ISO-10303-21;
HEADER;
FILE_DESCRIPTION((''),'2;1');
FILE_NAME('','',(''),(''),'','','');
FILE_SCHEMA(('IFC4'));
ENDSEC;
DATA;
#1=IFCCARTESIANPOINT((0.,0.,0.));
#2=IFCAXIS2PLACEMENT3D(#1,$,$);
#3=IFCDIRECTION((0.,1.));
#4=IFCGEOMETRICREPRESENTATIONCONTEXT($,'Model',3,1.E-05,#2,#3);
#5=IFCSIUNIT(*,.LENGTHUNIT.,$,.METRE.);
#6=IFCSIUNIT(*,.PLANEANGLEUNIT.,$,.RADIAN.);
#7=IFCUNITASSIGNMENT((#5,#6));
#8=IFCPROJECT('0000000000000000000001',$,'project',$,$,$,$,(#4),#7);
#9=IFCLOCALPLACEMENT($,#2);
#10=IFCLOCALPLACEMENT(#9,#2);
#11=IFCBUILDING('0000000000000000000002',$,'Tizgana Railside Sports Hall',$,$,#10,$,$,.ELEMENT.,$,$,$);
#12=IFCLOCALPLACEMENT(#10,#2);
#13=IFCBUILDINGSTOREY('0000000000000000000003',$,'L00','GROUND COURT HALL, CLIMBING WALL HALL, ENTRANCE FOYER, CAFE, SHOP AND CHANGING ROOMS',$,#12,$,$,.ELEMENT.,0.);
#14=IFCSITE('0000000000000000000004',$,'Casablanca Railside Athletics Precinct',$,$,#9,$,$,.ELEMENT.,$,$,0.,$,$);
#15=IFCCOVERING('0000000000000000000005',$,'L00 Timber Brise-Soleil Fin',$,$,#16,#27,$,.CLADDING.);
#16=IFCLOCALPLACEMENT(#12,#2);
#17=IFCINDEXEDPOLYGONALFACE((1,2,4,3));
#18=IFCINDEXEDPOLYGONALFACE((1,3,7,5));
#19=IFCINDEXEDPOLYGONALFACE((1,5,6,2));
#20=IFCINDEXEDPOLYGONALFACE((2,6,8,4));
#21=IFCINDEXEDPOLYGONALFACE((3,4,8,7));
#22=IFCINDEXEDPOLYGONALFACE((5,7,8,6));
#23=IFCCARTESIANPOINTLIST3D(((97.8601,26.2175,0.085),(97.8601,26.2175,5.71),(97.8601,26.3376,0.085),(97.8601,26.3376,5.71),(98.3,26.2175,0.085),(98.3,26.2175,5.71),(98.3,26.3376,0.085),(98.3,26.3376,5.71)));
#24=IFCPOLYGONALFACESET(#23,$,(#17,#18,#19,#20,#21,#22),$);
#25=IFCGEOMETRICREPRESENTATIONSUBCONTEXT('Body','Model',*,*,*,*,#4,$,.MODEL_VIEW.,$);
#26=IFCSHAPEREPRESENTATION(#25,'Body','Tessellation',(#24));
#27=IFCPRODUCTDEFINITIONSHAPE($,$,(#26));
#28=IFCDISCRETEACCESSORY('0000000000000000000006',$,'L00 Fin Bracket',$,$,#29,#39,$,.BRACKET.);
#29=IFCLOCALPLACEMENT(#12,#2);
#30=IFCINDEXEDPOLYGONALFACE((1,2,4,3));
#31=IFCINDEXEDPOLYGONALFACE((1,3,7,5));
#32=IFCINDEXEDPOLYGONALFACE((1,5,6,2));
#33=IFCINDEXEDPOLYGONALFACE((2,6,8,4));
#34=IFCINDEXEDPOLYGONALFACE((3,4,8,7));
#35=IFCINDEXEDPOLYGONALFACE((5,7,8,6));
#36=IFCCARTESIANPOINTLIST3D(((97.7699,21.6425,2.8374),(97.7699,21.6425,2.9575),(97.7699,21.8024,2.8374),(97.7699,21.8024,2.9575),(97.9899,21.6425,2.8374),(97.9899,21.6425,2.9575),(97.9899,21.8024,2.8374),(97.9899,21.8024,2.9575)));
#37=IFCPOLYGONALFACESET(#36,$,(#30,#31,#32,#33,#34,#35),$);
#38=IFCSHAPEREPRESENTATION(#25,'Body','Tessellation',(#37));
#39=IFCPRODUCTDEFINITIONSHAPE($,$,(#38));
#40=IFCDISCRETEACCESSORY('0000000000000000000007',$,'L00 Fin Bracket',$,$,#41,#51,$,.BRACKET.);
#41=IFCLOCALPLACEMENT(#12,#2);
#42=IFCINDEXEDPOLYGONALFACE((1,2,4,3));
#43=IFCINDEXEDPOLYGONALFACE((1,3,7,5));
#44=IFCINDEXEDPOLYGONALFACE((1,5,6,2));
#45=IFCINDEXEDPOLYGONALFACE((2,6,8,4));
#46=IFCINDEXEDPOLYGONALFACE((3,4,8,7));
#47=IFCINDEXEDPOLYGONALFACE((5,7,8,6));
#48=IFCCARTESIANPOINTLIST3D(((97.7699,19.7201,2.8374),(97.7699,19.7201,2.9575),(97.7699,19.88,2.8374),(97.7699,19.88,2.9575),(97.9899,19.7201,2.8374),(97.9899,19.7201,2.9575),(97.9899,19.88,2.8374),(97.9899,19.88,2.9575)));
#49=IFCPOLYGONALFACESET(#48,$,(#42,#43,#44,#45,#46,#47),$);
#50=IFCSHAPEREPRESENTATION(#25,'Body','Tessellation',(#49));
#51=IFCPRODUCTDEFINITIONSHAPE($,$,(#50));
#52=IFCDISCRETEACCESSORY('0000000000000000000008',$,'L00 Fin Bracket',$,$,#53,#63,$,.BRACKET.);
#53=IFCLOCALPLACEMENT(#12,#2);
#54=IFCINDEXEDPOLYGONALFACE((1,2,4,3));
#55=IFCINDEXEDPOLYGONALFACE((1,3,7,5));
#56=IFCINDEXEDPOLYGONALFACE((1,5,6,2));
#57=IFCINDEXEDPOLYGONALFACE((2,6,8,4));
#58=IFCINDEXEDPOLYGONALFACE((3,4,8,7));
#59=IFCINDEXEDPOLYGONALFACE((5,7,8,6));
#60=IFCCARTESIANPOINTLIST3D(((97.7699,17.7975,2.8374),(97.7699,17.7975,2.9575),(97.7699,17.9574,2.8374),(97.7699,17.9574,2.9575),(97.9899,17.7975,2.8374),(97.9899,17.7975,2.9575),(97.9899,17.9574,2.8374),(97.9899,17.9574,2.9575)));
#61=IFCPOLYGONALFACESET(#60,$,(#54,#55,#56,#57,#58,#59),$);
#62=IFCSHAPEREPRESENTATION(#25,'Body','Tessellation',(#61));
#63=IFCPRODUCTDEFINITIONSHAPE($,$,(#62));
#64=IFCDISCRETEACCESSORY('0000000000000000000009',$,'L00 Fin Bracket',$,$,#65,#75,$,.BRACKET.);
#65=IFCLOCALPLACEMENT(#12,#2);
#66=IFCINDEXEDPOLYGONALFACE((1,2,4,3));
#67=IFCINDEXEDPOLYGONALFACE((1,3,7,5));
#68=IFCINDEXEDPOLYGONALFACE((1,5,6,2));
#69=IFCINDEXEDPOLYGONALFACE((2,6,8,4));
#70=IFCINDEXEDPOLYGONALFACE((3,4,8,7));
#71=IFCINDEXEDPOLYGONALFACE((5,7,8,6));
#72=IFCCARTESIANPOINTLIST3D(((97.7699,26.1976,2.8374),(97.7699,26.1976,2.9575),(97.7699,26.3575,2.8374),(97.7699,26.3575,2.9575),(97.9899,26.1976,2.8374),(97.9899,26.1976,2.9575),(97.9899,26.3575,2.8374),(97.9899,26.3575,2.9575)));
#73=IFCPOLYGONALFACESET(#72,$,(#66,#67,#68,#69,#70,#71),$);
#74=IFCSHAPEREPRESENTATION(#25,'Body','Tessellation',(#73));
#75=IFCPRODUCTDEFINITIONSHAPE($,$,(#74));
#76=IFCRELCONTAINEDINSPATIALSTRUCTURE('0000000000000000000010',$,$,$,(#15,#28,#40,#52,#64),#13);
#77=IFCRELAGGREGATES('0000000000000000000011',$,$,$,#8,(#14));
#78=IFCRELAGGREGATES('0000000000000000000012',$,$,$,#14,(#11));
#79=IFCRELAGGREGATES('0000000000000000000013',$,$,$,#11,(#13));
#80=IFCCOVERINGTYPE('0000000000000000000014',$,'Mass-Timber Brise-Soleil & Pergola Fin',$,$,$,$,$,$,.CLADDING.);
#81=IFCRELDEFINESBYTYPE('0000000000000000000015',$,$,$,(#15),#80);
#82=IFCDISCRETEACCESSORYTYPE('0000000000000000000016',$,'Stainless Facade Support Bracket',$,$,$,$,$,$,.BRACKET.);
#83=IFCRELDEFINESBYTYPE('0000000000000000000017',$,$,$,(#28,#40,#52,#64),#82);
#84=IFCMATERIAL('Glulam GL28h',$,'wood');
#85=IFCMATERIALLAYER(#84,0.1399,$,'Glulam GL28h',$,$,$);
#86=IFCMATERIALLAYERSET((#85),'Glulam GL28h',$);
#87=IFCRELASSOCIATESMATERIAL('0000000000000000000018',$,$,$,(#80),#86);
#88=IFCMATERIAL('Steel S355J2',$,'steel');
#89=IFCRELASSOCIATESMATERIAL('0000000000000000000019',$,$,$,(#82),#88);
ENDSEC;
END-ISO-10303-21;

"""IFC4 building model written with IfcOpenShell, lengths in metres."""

from ifc_helpers import new_model, si_unit, direction, frame, origin, origin_2d, place, context, subcontext, project, spatial, rectangle, extrude, material, layer, layer_set, type_object, element, save


model = new_model("IFC4")

# Units and contexts
model_context = context("Model", 3, precision=1e-05, world=origin(), true_north=direction((0.0, 1.0)))
body_context = subcontext(model_context, "Body", "Model", "MODEL_VIEW")
ifc_project = project(units=[si_unit("LENGTHUNIT", "METRE"), si_unit("PLANEANGLEUNIT", "RADIAN")], contexts=[model_context])

# Site, building, storey
site_placement = place(None, origin())
site = spatial("IfcSite", under=ifc_project, at=site_placement, Name="Casablanca Railside Athletics Precinct", CompositionType="ELEMENT", RefElevation=0.0)
building_placement = place(site_placement, origin())
building = spatial("IfcBuilding", under=site, at=building_placement, Name="Tizgana Railside Sports Hall", CompositionType="ELEMENT")
storey_placement = place(building_placement, origin())
storey = spatial("IfcBuildingStorey", under=building, at=storey_placement, Name="L00", Description="GROUND COURT HALL, CLIMBING WALL HALL, ENTRANCE FOYER, CAFE, SHOP AND CHANGING ROOMS", CompositionType="ELEMENT", Elevation=0.0)

# Shared definitions
ifc_material_1 = material(Name="Steel S355J2", Category="steel")

# Covering
ifc_material_2 = material(Name="Glulam GL28h", Category="wood")
ifc_layer_1 = layer(ifc_material_2, 0.1399, Name="Glulam GL28h")
ifc_layer_set_1 = layer_set([ifc_layer_1], Name="Glulam GL28h")
covering_type = type_object("IfcCoveringType", Name="Mass-Timber Brise-Soleil & Pergola Fin", PredefinedType="CLADDING", material=ifc_layer_set_1)
for number, where, z_axis, x_axis, name in (
    (1, (98.0801, 26.2776, 0.085), (0.0, 0.0, 1.0), (0.0, -1.0, 0.0), "L00 Timber Brise-Soleil Fin"),
):
    element("IfcCovering", number, at=place(storey_placement, frame(where, z_axis=z_axis, x_axis=x_axis)), inside=storey, type_object=covering_type, Name=name, PredefinedType="CLADDING", context=body_context, shape_type="SweptSolid", body=[
        extrude(rectangle(XDim=0.1201, YDim=0.4399, at=origin_2d()), origin(), (0.0, 0.0, 1.0), 5.625),
    ])

# Discrete accessories
discrete_accessory_type = type_object("IfcDiscreteAccessoryType", Name="Stainless Facade Support Bracket", PredefinedType="BRACKET", material=ifc_material_1)
for number, where, z_axis, x_axis, name in (
    (2, (97.8799, 21.7224, 2.8374), (0.0, 0.0, 1.0), (0.0, -1.0, 0.0), "L00 Fin Bracket"),
    (3, (97.8799, 19.8, 2.8374), (0.0, 0.0, 1.0), (0.0, -1.0, 0.0), "L00 Fin Bracket"),
    (4, (97.8799, 17.8774, 2.8374), (0.0, 0.0, 1.0), (0.0, -1.0, 0.0), "L00 Fin Bracket"),
    (5, (97.8799, 26.2776, 2.8374), (0.0, 0.0, 1.0), (0.0, -1.0, 0.0), "L00 Fin Bracket"),
):
    element("IfcDiscreteAccessory", number, at=place(storey_placement, frame(where, z_axis=z_axis, x_axis=x_axis)), inside=storey, type_object=discrete_accessory_type, Name=name, PredefinedType="BRACKET", context=body_context, shape_type="SweptSolid", body=[
        extrude(rectangle(XDim=0.1599, YDim=0.22, at=origin_2d()), origin(), (0.0, 0.0, 1.0), 0.1201),
    ])

save(model, "model.ifc")
